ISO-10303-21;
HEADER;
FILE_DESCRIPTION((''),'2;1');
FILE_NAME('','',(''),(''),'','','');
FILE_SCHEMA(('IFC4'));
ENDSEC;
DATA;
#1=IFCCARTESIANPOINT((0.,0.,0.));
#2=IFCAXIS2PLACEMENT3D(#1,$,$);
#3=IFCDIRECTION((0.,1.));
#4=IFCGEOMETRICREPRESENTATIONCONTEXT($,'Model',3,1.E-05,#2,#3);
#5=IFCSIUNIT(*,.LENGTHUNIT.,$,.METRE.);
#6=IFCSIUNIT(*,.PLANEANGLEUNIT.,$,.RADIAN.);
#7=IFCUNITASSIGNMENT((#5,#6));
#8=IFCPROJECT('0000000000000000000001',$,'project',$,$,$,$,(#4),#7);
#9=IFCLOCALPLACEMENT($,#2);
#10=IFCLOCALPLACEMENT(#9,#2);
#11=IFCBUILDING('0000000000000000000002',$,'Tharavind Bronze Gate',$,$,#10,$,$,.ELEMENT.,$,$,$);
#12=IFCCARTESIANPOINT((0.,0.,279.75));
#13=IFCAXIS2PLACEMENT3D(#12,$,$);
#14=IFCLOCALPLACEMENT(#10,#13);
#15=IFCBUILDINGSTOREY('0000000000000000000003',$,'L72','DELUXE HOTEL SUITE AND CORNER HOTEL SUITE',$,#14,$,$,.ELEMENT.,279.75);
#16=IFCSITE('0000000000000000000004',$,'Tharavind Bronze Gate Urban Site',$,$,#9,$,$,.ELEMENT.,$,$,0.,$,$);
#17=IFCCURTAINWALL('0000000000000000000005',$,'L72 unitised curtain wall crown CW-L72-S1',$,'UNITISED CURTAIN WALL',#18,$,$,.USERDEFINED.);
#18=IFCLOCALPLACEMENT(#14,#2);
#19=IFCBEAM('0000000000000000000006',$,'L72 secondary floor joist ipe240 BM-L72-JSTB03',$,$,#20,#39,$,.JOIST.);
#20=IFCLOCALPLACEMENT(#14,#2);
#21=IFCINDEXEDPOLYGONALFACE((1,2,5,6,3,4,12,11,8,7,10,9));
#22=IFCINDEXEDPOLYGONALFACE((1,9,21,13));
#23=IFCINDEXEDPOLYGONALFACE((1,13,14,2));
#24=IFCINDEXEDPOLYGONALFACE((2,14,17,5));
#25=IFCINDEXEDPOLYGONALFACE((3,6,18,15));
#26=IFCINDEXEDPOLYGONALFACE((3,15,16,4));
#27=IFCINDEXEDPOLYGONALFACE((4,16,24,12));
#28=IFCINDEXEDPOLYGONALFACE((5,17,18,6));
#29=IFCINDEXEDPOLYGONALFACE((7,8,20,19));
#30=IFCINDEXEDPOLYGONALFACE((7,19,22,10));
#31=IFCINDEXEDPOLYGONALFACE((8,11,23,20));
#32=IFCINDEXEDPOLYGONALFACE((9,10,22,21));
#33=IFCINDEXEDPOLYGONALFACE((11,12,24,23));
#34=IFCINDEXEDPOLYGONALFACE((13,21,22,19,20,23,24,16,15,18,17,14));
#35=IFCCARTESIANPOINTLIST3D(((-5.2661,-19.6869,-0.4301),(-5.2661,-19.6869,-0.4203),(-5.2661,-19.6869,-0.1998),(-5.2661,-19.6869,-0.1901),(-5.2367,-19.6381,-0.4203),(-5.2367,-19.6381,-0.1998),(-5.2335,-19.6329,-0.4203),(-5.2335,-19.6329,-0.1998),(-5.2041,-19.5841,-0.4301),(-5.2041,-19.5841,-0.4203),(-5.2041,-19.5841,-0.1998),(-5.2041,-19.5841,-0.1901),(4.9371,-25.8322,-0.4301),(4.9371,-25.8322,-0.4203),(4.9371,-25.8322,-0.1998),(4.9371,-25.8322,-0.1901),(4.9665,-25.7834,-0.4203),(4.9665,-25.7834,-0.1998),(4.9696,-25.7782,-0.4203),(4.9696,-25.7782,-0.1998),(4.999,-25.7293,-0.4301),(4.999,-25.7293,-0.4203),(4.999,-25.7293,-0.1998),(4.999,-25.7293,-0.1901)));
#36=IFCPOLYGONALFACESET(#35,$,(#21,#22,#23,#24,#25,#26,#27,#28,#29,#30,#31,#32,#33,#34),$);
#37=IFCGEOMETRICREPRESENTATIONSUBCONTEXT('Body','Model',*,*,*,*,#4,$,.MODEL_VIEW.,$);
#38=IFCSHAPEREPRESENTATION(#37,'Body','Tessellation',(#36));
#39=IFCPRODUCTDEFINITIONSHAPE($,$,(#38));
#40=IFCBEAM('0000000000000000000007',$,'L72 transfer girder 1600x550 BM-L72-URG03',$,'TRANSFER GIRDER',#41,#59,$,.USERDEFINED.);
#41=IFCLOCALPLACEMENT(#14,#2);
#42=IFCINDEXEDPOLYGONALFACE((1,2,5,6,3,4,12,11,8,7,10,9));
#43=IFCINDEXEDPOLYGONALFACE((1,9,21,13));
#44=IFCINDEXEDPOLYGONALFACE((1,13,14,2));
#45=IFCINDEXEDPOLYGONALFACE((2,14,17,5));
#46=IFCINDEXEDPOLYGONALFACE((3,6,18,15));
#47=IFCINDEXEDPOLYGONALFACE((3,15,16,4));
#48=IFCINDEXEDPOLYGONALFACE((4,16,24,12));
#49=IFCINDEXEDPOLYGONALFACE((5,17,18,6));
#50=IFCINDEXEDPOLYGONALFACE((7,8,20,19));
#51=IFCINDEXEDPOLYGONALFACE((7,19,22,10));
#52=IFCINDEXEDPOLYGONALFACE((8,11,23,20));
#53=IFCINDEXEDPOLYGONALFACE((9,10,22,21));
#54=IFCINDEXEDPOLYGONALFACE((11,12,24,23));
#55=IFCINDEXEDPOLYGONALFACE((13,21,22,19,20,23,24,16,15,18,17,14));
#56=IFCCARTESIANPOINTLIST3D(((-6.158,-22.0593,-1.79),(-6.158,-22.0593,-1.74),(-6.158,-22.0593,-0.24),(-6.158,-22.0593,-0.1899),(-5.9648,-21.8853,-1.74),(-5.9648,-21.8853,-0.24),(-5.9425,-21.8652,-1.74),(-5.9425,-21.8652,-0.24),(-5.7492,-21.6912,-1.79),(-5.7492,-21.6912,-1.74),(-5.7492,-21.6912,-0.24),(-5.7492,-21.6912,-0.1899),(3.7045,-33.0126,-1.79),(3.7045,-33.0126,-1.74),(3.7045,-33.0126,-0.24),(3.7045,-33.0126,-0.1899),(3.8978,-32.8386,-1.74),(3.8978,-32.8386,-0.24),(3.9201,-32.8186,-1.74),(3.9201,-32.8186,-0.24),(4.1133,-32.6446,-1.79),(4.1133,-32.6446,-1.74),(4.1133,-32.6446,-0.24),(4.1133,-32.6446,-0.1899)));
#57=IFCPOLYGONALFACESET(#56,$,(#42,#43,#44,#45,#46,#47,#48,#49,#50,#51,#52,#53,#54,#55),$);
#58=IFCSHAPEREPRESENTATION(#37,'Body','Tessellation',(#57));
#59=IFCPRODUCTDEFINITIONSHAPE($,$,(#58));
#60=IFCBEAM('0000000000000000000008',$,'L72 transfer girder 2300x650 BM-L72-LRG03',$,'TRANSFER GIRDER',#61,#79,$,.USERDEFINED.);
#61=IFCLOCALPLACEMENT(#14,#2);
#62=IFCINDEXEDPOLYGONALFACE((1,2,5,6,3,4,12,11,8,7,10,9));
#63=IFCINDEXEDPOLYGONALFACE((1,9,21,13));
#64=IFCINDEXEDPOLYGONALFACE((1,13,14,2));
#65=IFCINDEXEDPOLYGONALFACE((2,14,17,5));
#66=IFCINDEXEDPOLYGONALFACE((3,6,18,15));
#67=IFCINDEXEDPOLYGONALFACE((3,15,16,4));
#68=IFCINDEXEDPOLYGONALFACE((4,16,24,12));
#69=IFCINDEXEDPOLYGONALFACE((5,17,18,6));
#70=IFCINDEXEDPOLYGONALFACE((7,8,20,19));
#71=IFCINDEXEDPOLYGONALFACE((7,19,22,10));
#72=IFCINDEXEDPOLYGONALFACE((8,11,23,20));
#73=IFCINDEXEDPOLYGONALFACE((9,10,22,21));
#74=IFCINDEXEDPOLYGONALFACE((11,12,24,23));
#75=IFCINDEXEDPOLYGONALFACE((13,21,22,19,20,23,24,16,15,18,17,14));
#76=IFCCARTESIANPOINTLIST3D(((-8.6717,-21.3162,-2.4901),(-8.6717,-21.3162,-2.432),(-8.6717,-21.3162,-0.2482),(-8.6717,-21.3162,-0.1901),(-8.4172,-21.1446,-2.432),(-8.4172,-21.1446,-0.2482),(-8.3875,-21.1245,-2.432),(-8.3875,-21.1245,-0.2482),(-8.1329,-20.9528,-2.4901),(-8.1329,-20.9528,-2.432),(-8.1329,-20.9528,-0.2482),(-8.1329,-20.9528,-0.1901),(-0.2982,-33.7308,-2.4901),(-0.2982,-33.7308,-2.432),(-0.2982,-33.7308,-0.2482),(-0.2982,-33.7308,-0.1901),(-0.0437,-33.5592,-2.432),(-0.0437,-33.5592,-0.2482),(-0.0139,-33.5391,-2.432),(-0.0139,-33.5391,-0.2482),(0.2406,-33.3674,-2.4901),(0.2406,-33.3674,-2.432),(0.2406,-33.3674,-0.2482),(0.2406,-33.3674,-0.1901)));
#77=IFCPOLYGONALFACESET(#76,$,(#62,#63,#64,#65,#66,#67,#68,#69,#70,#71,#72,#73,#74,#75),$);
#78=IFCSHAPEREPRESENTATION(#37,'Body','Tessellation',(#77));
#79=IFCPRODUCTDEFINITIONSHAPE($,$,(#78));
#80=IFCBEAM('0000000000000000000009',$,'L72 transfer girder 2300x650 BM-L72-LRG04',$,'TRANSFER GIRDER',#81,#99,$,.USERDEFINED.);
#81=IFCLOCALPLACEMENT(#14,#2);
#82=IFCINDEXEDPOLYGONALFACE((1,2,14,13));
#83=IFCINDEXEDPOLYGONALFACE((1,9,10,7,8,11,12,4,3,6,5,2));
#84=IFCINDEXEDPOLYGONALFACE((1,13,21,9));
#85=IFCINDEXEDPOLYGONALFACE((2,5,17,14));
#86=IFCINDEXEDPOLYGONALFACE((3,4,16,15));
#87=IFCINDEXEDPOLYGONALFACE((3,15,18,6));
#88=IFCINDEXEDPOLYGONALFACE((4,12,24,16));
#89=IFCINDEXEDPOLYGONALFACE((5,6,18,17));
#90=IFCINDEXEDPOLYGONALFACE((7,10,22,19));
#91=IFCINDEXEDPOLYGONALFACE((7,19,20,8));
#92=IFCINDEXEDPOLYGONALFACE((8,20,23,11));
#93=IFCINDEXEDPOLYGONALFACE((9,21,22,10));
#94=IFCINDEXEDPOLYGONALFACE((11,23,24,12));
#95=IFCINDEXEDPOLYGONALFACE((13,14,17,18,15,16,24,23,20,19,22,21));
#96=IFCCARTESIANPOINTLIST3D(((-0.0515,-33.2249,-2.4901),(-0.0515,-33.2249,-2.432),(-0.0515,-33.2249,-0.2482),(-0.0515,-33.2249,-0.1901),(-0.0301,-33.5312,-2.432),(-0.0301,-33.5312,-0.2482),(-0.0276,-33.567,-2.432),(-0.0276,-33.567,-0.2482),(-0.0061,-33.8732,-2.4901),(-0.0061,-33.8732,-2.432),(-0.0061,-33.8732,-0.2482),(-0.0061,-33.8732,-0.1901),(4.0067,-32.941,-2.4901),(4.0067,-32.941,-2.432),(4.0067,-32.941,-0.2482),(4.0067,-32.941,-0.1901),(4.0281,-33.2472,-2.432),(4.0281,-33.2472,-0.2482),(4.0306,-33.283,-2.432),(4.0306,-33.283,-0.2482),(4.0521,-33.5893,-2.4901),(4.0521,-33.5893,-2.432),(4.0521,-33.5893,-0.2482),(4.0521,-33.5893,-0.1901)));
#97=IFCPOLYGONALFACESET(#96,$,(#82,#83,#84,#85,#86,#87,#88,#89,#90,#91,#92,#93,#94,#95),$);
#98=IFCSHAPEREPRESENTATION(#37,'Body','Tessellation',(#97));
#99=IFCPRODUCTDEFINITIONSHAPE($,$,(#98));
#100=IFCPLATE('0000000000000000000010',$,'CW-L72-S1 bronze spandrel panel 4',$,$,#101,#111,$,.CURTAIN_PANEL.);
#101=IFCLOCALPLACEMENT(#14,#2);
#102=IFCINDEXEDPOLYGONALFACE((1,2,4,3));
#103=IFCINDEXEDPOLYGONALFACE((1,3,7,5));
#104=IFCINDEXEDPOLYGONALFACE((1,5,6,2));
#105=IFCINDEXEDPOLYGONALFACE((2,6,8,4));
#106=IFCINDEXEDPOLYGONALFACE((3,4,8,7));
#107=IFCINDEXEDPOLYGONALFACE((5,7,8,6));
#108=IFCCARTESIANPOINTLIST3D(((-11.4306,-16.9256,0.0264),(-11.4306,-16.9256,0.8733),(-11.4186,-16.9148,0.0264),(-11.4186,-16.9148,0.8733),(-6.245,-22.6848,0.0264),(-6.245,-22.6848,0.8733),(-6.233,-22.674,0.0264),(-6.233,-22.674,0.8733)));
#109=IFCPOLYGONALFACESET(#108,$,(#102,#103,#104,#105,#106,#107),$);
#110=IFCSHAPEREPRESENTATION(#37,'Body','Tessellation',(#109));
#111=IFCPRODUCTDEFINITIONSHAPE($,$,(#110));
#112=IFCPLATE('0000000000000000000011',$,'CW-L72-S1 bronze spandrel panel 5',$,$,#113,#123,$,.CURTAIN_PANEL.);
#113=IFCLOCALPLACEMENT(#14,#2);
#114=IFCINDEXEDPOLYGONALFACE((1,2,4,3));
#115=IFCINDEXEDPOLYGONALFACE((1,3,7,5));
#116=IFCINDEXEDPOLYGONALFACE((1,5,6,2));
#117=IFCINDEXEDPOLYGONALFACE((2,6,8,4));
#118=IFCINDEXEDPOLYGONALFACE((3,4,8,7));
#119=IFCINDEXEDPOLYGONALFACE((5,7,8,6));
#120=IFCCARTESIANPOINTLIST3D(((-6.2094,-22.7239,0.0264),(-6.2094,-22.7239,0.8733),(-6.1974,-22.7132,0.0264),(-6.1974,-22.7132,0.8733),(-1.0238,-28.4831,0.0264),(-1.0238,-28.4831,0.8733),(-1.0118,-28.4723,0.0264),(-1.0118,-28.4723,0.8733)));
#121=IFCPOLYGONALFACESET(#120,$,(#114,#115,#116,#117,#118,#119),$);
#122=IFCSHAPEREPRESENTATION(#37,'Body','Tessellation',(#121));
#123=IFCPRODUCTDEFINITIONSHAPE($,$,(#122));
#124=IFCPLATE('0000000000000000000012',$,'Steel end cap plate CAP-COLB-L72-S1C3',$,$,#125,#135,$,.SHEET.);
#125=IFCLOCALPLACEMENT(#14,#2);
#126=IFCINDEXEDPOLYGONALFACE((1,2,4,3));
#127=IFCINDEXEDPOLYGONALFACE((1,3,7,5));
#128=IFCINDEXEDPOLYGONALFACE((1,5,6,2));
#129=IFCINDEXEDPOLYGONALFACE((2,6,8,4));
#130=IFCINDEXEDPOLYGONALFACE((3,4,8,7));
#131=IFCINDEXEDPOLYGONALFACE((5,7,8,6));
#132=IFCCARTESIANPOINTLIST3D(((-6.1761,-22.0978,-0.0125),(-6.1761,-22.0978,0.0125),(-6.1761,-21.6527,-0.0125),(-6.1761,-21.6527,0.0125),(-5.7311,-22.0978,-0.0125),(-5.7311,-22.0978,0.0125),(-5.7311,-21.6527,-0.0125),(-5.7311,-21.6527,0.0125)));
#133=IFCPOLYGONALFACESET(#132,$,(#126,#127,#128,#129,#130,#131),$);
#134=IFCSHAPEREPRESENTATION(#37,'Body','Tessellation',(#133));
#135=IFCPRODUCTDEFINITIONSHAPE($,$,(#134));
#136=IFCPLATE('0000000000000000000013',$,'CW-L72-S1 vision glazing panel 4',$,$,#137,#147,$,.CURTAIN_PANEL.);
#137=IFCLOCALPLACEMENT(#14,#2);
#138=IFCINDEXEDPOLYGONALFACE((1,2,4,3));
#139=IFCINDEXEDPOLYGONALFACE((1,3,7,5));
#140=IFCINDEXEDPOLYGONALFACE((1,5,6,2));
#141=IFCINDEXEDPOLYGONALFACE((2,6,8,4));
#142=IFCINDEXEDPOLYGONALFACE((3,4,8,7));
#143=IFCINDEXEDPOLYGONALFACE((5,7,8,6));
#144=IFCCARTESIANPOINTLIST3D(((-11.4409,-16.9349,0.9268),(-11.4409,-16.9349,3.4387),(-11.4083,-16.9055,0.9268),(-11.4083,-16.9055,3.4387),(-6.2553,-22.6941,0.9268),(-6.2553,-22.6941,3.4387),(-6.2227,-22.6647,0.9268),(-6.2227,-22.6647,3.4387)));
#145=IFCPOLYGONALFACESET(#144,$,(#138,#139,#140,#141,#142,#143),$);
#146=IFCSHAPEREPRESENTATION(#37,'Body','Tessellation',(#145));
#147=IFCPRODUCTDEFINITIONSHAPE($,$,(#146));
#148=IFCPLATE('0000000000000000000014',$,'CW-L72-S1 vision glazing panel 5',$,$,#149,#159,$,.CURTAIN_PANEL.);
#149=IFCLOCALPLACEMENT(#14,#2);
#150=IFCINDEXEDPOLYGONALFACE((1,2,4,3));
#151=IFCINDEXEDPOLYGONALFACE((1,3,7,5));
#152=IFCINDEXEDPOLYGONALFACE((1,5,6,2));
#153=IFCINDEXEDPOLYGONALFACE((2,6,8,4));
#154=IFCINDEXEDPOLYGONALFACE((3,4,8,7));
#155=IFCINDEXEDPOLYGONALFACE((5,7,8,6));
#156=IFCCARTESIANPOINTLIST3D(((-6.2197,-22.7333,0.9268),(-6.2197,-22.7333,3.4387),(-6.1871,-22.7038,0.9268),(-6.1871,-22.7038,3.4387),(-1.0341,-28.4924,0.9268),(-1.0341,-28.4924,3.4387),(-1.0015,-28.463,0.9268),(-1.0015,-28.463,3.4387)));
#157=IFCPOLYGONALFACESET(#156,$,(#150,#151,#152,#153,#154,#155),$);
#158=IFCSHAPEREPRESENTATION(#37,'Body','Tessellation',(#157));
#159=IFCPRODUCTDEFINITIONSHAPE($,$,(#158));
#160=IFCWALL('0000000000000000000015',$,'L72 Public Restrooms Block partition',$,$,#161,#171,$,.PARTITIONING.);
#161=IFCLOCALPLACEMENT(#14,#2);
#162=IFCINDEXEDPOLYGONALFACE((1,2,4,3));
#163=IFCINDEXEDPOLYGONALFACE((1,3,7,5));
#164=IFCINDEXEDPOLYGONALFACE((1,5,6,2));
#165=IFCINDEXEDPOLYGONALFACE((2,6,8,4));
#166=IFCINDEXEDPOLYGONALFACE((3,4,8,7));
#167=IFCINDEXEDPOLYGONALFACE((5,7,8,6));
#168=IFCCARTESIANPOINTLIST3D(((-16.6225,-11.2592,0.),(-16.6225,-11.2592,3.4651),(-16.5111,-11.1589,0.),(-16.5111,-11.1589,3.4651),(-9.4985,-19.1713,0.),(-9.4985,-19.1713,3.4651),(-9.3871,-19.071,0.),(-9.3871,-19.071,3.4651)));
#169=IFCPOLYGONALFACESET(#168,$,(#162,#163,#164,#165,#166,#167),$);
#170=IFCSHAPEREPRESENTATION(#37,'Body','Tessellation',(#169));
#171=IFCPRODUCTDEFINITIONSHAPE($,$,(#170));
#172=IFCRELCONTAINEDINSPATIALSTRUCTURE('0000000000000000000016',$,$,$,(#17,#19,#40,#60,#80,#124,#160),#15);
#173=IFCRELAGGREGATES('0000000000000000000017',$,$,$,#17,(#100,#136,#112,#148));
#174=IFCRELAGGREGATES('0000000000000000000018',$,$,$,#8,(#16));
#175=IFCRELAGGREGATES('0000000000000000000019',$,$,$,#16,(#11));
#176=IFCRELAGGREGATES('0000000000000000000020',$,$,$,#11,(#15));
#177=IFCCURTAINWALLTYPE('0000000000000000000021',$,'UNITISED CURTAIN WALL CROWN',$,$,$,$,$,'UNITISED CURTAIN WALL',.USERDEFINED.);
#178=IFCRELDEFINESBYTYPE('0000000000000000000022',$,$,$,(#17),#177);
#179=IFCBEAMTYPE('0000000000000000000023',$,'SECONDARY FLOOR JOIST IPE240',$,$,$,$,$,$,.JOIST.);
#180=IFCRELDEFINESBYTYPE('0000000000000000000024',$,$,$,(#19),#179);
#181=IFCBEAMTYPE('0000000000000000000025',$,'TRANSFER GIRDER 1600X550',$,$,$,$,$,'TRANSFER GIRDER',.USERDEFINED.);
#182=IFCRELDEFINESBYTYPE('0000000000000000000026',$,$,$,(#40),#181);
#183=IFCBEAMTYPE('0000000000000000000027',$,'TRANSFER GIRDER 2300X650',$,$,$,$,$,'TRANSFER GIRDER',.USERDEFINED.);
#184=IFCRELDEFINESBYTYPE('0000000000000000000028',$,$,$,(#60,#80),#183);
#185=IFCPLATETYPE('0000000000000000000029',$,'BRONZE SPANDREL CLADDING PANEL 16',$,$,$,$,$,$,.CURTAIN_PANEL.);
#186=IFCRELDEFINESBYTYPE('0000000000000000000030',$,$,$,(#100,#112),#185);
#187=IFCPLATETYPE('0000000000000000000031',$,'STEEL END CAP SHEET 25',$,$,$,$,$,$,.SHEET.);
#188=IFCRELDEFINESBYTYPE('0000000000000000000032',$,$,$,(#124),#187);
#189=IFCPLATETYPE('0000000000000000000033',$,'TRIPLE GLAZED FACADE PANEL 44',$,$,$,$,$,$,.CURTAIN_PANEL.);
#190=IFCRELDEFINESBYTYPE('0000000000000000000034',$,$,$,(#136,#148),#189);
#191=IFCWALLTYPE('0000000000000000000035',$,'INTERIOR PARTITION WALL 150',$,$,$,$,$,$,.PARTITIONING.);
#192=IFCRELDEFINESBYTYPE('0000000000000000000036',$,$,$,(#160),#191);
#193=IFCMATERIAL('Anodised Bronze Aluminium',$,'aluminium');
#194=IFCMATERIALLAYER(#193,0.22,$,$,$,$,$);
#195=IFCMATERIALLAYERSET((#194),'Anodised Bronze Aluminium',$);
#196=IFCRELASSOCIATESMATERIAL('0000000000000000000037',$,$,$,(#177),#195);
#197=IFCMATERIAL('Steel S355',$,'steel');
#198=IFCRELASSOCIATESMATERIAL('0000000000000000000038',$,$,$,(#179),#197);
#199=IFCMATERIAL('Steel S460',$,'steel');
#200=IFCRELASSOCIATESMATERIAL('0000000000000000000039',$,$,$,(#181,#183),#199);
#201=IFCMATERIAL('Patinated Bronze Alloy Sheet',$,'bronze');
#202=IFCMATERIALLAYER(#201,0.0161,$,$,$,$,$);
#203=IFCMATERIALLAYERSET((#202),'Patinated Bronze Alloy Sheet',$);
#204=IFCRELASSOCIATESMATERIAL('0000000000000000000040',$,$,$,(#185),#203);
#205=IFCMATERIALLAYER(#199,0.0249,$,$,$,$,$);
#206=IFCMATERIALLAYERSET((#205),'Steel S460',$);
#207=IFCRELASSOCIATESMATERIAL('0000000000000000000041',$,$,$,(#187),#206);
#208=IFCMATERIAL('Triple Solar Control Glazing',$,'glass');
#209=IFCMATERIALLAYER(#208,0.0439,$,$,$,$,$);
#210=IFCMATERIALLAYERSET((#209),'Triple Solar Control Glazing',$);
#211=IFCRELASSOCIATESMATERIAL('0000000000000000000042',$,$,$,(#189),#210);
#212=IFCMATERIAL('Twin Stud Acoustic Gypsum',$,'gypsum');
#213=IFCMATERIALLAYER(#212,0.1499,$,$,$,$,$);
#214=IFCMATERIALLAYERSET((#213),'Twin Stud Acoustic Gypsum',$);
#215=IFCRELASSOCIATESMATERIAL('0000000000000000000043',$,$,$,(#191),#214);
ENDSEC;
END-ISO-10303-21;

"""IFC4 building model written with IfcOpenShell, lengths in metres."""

from ifc_helpers import new_model, si_unit, direction, frame, frame_2d, origin, origin_2d, place, context, subcontext, project, spatial, rectangle, i_section, extrude, material, layer, layer_set, material_profile, profile_set, type_object, element, aggregate, save


model = new_model("IFC4")

# Units and contexts
model_context = context("Model", 3, precision=1e-05, world=origin(), true_north=direction((0.0, 1.0)))
body_context = subcontext(model_context, "Body", "Model", "MODEL_VIEW")
ifc_project = project(units=[si_unit("LENGTHUNIT", "METRE"), si_unit("PLANEANGLEUNIT", "RADIAN")], contexts=[model_context])

# Site, building, storey
site_placement = place(None, origin())
site = spatial("IfcSite", under=ifc_project, at=site_placement, Name="Tharavind Bronze Gate Urban Site", CompositionType="ELEMENT", RefElevation=0.0)
building_placement = place(site_placement, origin())
building = spatial("IfcBuilding", under=site, at=building_placement, Name="Tharavind Bronze Gate", CompositionType="ELEMENT")
storey_placement = place(building_placement, frame((0.0, 0.0, 279.75)))
storey = spatial("IfcBuildingStorey", under=building, at=storey_placement, Name="L72", Description="DELUXE HOTEL SUITE AND CORNER HOTEL SUITE", CompositionType="ELEMENT", Elevation=279.75)

# Shared definitions
ifc_material_1 = material(Name="Steel S460", Category="steel")

# Curtain wall
ifc_material_2 = material(Name="Anodised Bronze Aluminium", Category="aluminium")
ifc_layer_1 = layer(ifc_material_2, 0.22)
ifc_layer_set_1 = layer_set([ifc_layer_1], Name="Anodised Bronze Aluminium")
curtain_wall_type = type_object("IfcCurtainWallType", Name="UNITISED CURTAIN WALL CROWN", ElementType="UNITISED CURTAIN WALL", PredefinedType="USERDEFINED", material=ifc_layer_set_1)
curtain_wall_placement = place(storey_placement, origin())
curtain_wall = element("IfcCurtainWall", 1, at=curtain_wall_placement, inside=storey, type_object=curtain_wall_type, Name="L72 unitised curtain wall crown CW-L72-S1", ObjectType="UNITISED CURTAIN WALL", PredefinedType="USERDEFINED")

# Beams
ifc_material_3 = material(Name="Steel S355", Category="steel")
ifc_material_profile_1 = material_profile(ifc_material_3, i_section(OverallWidth=0.1201, OverallDepth=0.24, WebThickness=0.0061, FlangeThickness=0.0098, at=origin_2d()), Name="IPE240")
ifc_profile_set_1 = profile_set([ifc_material_profile_1], Name="Steel S355")
beam_type_1 = type_object("IfcBeamType", Name="SECONDARY FLOOR JOIST IPE240", PredefinedType="JOIST", material=ifc_profile_set_1)
beam_1_placement = place(storey_placement, frame((-5.2351, -19.6355, -0.3101), z_axis=(0.856625, -0.515939, 0.0), x_axis=(0.515939, 0.856625, 0.0)))
element("IfcBeam", 2, at=beam_1_placement, inside=storey, type_object=beam_type_1, Name="L72 secondary floor joist ipe240 BM-L72-JSTB03", PredefinedType="JOIST", context=body_context, shape_type="SweptSolid", body=[
    extrude(i_section(OverallWidth=0.1201, OverallDepth=0.24, WebThickness=0.0061, FlangeThickness=0.0098, at=origin_2d()), origin(), (0.0, 0.0, 1.0), 11.9109),
])
ifc_material_profile_2 = material_profile(ifc_material_1, i_section(OverallWidth=0.55, OverallDepth=1.6001, WebThickness=0.03, FlangeThickness=0.05, at=origin_2d()), Name="PG1600X550")
ifc_profile_set_2 = profile_set([ifc_material_profile_2], Name="Steel S460")
beam_type_2 = type_object("IfcBeamType", Name="TRANSFER GIRDER 1600X550", ElementType="TRANSFER GIRDER", PredefinedType="USERDEFINED", material=ifc_profile_set_2)
beam_2_placement = place(storey_placement, frame((-5.9536, -21.8752, -0.99), z_axis=(0.669134, -0.743142, 0.0), x_axis=(0.743142, 0.669134, 0.0)))
element("IfcBeam", 3, at=beam_2_placement, inside=storey, type_object=beam_type_2, Name="L72 transfer girder 1600x550 BM-L72-URG03", ObjectType="TRANSFER GIRDER", PredefinedType="USERDEFINED", context=body_context, shape_type="SweptSolid", body=[
    extrude(i_section(OverallWidth=0.55, OverallDepth=1.6001, WebThickness=0.03, FlangeThickness=0.05, at=origin_2d()), origin(), (0.0, 0.0, 1.0), 14.7393),
])
ifc_material_profile_3 = material_profile(ifc_material_1, i_section(OverallWidth=0.6499, OverallDepth=2.3, WebThickness=0.0359, FlangeThickness=0.0581, at=origin_2d()), Name="PG2300X650")
ifc_profile_set_3 = profile_set([ifc_material_profile_3], Name="Steel S460")
beam_type_3 = type_object("IfcBeamType", Name="TRANSFER GIRDER 2300X650", ElementType="TRANSFER GIRDER", PredefinedType="USERDEFINED", material=ifc_profile_set_3)
beam_3_placement = place(storey_placement, frame((-8.4023, -21.1345, -1.3401), z_axis=(0.559184, -0.829043, 0.0), x_axis=(0.829043, 0.559184, 0.0)))
element("IfcBeam", 4, at=beam_3_placement, inside=storey, type_object=beam_type_3, Name="L72 transfer girder 2300x650 BM-L72-LRG03", ObjectType="TRANSFER GIRDER", PredefinedType="USERDEFINED", context=body_context, shape_type="SweptSolid", body=[
    extrude(i_section(OverallWidth=0.6499, OverallDepth=2.3, WebThickness=0.0359, FlangeThickness=0.0581, at=origin_2d()), origin(), (0.0, 0.0, 1.0), 14.9746),
])
beam_4_placement = place(storey_placement, frame((-0.0288, -33.5491, -1.3401), z_axis=(0.997561, 0.069797, 0.0), x_axis=(-0.069797, 0.997561, 0.0)))
element("IfcBeam", 5, at=beam_4_placement, inside=storey, type_object=beam_type_3, Name="L72 transfer girder 2300x650 BM-L72-LRG04", ObjectType="TRANSFER GIRDER", PredefinedType="USERDEFINED", context=body_context, shape_type="SweptSolid", body=[
    extrude(i_section(OverallWidth=0.6499, OverallDepth=2.3, WebThickness=0.0359, FlangeThickness=0.0581, at=origin_2d()), origin(), (0.0, 0.0, 1.0), 4.0681),
])

# Plates
ifc_material_4 = material(Name="Patinated Bronze Alloy Sheet", Category="bronze")
ifc_layer_2 = layer(ifc_material_4, 0.0161)
ifc_layer_set_2 = layer_set([ifc_layer_2], Name="Patinated Bronze Alloy Sheet")
plate_type_1 = type_object("IfcPlateType", Name="BRONZE SPANDREL CLADDING PANEL 16", PredefinedType="CURTAIN_PANEL", material=ifc_layer_set_2)
plate_1_placement = place(storey_placement, frame((-8.8318, -19.7998, 0.0264), z_axis=(0.0, 0.0, 1.0), x_axis=(0.669131, -0.743145, 0.0)))
plate_1 = element("IfcPlate", 6, at=plate_1_placement, type_object=plate_type_1, Name="CW-L72-S1 bronze spandrel panel 4", PredefinedType="CURTAIN_PANEL", context=body_context, shape_type="SweptSolid", body=[
    extrude(rectangle(XDim=7.7498, YDim=0.0161, at=origin_2d()), origin(), (0.0, 0.0, 1.0), 0.8469),
])
plate_2_placement = place(storey_placement, frame((-3.6106, -25.5981, 0.0264), z_axis=(0.0, 0.0, 1.0), x_axis=(0.669131, -0.743145, 0.0)))
plate_2 = element("IfcPlate", 7, at=plate_2_placement, type_object=plate_type_1, Name="CW-L72-S1 bronze spandrel panel 5", PredefinedType="CURTAIN_PANEL", context=body_context, shape_type="SweptSolid", body=[
    extrude(rectangle(XDim=7.7498, YDim=0.0161, at=origin_2d()), origin(), (0.0, 0.0, 1.0), 0.8469),
])
ifc_layer_3 = layer(ifc_material_1, 0.0249)
ifc_layer_set_3 = layer_set([ifc_layer_3], Name="Steel S460")
plate_type_2 = type_object("IfcPlateType", Name="STEEL END CAP SHEET 25", PredefinedType="SHEET", material=ifc_layer_set_3)
plate_3_placement = place(storey_placement, frame((-5.9536, -21.8752, -0.0125), z_axis=(0.0, 0.0, 1.0), x_axis=(1.0, 0.0, 0.0)))
element("IfcPlate", 8, at=plate_3_placement, inside=storey, type_object=plate_type_2, Name="Steel end cap plate CAP-COLB-L72-S1C3", PredefinedType="SHEET", context=body_context, shape_type="SweptSolid", body=[
    extrude(rectangle(XDim=0.4451, YDim=0.4451, at=origin_2d()), origin(), (0.0, 0.0, 1.0), 0.0249),
])
ifc_material_5 = material(Name="Triple Solar Control Glazing", Category="glass")
ifc_layer_4 = layer(ifc_material_5, 0.0439)
ifc_layer_set_4 = layer_set([ifc_layer_4], Name="Triple Solar Control Glazing")
plate_type_3 = type_object("IfcPlateType", Name="TRIPLE GLAZED FACADE PANEL 44", PredefinedType="CURTAIN_PANEL", material=ifc_layer_set_4)
plate_4_placement = place(storey_placement, frame((-8.8318, -19.7998, 0.9268), z_axis=(0.0, 0.0, 1.0), x_axis=(0.669131, -0.743145, 0.0)))
plate_4 = element("IfcPlate", 9, at=plate_4_placement, type_object=plate_type_3, Name="CW-L72-S1 vision glazing panel 4", PredefinedType="CURTAIN_PANEL", context=body_context, shape_type="SweptSolid", body=[
    extrude(rectangle(XDim=7.7498, YDim=0.0439, at=origin_2d()), origin(), (0.0, 0.0, 1.0), 2.512),
])
plate_5_placement = place(storey_placement, frame((-3.6106, -25.5981, 0.9268), z_axis=(0.0, 0.0, 1.0), x_axis=(0.669131, -0.743145, 0.0)))
plate_5 = element("IfcPlate", 10, at=plate_5_placement, type_object=plate_type_3, Name="CW-L72-S1 vision glazing panel 5", PredefinedType="CURTAIN_PANEL", context=body_context, shape_type="SweptSolid", body=[
    extrude(rectangle(XDim=7.7498, YDim=0.0439, at=origin_2d()), origin(), (0.0, 0.0, 1.0), 2.512),
])
aggregate(curtain_wall, [plate_1, plate_4, plate_2, plate_5])

# Wall
ifc_material_6 = material(Name="Twin Stud Acoustic Gypsum", Category="gypsum")
ifc_layer_5 = layer(ifc_material_6, 0.1499)
ifc_layer_set_5 = layer_set([ifc_layer_5], Name="Twin Stud Acoustic Gypsum")
wall_type = type_object("IfcWallType", Name="INTERIOR PARTITION WALL 150", PredefinedType="PARTITIONING", material=ifc_layer_set_5)
wall_placement = place(storey_placement, frame((-9.4429, -19.1211, 0.0), z_axis=(0.0, 0.0, 1.0), x_axis=(-0.669127, 0.743148, 0.0)))
element("IfcWall", 11, at=wall_placement, inside=storey, type_object=wall_type, Name="L72 Public Restrooms Block partition", PredefinedType="PARTITIONING", context=body_context, shape_type="SweptSolid", body=[
    extrude(rectangle(XDim=10.6467, YDim=0.1499, at=frame_2d((5.3232, 0.0))), origin(), (0.0, 0.0, 1.0), 3.4651),
])

save(model, "model.ifc")
